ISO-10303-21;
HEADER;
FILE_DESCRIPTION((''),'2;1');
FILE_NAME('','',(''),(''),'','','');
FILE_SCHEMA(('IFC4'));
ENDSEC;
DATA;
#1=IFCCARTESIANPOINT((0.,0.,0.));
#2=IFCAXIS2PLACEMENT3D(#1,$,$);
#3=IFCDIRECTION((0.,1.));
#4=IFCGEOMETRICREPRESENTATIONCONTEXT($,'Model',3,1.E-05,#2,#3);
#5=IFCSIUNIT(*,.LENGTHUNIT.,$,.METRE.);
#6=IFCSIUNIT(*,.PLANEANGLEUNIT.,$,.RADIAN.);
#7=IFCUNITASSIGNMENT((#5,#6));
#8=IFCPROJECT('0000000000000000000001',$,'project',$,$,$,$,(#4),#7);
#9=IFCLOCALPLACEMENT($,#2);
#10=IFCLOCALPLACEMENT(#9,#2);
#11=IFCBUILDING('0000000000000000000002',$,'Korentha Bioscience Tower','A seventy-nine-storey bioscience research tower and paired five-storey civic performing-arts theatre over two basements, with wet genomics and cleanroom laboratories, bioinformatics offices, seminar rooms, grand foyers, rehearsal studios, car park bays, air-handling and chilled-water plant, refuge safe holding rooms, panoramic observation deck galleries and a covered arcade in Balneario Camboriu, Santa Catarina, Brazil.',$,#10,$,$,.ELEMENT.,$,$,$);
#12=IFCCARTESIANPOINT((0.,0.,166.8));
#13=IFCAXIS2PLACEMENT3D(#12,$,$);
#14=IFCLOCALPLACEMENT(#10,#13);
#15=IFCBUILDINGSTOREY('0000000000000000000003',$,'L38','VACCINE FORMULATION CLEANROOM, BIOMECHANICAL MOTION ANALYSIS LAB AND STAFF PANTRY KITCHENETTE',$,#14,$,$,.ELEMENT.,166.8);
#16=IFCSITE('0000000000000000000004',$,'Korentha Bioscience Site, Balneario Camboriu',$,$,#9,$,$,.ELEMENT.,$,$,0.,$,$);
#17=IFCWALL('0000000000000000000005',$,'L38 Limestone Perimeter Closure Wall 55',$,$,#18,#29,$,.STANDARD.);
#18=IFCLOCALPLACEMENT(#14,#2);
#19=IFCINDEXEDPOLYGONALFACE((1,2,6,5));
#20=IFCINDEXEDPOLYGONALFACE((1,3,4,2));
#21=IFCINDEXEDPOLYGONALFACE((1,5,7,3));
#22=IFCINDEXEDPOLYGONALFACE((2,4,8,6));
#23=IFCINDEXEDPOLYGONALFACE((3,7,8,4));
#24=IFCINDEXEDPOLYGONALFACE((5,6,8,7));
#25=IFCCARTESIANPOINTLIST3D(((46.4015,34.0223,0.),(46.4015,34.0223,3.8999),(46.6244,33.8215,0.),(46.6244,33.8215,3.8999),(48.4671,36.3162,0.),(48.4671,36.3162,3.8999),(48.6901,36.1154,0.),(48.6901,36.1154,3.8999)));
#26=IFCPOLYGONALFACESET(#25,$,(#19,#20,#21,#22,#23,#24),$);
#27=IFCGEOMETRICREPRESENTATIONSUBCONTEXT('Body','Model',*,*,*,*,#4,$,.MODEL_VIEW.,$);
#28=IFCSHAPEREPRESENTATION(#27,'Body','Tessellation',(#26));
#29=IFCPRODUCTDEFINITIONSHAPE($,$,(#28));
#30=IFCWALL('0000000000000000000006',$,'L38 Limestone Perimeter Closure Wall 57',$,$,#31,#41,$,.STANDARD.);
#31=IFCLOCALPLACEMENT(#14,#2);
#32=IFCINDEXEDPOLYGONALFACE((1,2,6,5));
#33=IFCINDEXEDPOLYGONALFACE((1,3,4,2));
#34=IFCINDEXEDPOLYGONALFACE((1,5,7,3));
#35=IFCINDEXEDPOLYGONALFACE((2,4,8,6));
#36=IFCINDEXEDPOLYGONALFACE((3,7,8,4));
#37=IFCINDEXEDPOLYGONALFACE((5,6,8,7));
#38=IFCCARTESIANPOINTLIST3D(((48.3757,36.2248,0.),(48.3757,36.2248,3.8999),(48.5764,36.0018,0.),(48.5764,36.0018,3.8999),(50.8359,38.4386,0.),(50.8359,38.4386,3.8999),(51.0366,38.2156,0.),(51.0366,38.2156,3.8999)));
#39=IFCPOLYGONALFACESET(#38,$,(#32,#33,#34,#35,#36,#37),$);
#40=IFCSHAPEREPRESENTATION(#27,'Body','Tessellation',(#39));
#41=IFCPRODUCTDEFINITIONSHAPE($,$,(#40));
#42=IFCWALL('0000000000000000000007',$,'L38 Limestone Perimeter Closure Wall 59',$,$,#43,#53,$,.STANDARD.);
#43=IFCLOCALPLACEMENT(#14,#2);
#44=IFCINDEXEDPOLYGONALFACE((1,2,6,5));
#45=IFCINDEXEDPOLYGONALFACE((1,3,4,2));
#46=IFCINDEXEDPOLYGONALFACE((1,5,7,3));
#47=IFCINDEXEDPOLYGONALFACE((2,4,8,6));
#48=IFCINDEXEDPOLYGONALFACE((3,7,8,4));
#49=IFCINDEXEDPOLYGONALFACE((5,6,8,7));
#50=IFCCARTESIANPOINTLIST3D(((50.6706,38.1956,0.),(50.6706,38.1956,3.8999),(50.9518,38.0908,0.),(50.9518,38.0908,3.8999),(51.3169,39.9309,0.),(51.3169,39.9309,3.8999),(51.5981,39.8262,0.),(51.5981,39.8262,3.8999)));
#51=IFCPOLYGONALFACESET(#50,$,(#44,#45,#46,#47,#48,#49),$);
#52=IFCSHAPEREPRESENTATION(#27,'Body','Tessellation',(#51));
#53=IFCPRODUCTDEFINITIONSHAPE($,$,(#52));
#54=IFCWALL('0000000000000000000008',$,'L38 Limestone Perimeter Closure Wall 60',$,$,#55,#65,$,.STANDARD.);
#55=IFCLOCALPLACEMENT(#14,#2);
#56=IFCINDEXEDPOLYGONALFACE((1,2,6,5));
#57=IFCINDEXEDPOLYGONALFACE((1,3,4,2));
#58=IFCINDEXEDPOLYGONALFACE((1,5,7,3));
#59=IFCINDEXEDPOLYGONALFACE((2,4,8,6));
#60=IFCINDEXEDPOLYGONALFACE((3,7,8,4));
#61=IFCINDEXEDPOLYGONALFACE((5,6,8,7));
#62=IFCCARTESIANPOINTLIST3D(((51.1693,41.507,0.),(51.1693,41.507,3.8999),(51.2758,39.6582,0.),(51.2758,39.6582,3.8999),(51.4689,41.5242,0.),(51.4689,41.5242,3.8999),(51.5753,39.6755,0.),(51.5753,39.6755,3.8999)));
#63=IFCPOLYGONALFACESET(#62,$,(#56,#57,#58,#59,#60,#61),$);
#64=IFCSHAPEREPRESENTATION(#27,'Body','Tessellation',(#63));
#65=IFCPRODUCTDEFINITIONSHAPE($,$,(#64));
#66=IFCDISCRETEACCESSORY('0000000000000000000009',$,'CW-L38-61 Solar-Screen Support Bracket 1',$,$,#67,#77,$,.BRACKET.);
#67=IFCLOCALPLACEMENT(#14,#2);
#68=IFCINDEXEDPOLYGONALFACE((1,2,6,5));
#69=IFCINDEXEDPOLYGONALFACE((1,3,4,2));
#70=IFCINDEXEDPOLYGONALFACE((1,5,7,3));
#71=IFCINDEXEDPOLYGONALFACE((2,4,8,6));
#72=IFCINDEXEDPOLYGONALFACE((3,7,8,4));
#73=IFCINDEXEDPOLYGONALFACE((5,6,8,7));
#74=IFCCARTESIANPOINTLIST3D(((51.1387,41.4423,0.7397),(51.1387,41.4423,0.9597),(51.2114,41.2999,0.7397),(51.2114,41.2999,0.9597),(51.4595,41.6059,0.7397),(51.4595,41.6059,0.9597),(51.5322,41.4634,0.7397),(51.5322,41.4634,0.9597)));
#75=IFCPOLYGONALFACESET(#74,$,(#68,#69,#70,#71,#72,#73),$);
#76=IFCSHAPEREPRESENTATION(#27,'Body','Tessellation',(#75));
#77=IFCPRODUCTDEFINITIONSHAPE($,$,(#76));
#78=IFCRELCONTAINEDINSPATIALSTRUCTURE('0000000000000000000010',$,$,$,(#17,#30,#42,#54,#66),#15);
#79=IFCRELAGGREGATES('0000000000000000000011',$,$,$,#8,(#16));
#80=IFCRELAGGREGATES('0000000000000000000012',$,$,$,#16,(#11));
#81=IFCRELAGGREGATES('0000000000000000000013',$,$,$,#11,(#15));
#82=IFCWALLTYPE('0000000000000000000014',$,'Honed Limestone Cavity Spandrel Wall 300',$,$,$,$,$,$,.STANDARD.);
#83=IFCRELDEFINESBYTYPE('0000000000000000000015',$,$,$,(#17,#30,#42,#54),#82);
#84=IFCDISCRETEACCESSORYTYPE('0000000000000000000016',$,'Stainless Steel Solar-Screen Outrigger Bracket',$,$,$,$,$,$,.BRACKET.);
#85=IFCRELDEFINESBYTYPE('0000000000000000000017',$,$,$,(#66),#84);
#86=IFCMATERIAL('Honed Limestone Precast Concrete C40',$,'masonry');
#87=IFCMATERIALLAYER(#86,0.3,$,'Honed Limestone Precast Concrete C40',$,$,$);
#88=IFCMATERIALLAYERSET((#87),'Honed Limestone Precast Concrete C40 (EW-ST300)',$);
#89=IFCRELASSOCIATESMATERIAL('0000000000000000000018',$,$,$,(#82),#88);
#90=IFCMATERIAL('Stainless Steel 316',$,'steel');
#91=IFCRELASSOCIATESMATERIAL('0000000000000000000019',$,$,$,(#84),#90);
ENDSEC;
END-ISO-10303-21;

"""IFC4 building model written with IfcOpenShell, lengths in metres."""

from ifc_helpers import new_model, si_unit, direction, frame, frame_2d, origin, origin_2d, place, context, subcontext, project, spatial, rectangle, extrude, material, layer, layer_set, type_object, element, save


model = new_model("IFC4")

# Units and contexts
model_context = context("Model", 3, precision=1e-05, world=origin(), true_north=direction((0.0, 1.0)))
body_context = subcontext(model_context, "Body", "Model", "MODEL_VIEW")
ifc_project = project(units=[si_unit("LENGTHUNIT", "METRE"), si_unit("PLANEANGLEUNIT", "RADIAN")], contexts=[model_context])

# Site, building, storey
site_placement = place(None, origin())
site = spatial("IfcSite", under=ifc_project, at=site_placement, Name="Korentha Bioscience Site, Balneario Camboriu", CompositionType="ELEMENT", RefElevation=0.0)
building_placement = place(site_placement, origin())
building = spatial("IfcBuilding", under=site, at=building_placement, Name="Korentha Bioscience Tower", Description="A seventy-nine-storey bioscience research tower and paired five-storey civic performing-arts theatre over two basements, with wet genomics and cleanroom laboratories, bioinformatics offices, seminar rooms, grand foyers, rehearsal studios, car park bays, air-handling and chilled-water plant, refuge safe holding rooms, panoramic observation deck galleries and a covered arcade in Balneario Camboriu, Santa Catarina, Brazil.", CompositionType="ELEMENT")
storey_placement = place(building_placement, frame((0.0, 0.0, 166.8)))
storey = spatial("IfcBuildingStorey", under=building, at=storey_placement, Name="L38", Description="VACCINE FORMULATION CLEANROOM, BIOMECHANICAL MOTION ANALYSIS LAB AND STAFF PANTRY KITCHENETTE", CompositionType="ELEMENT", Elevation=166.8)

# Walls
ifc_material_1 = material(Name="Honed Limestone Precast Concrete C40", Category="masonry")
ifc_layer_1 = layer(ifc_material_1, 0.3, Name="Honed Limestone Precast Concrete C40")
ifc_layer_set_1 = layer_set([ifc_layer_1], Name="Honed Limestone Precast Concrete C40 (EW-ST300)")
wall_type = type_object("IfcWallType", Name="Honed Limestone Cavity Spandrel Wall 300", PredefinedType="STANDARD", material=ifc_layer_set_1)
for number, where, z_axis, x_axis, name in (
    (1, (46.5129, 33.9219, 0.0), (0.0, 0.0, 1.0), (0.669166, 0.743113, 0.0), "L38 Limestone Perimeter Closure Wall 55"),
):
    element("IfcWall", number, at=place(storey_placement, frame(where, z_axis=z_axis, x_axis=x_axis)), inside=storey, type_object=wall_type, Name=name, PredefinedType="STANDARD", context=body_context, shape_type="SweptSolid", body=[
        extrude(rectangle(XDim=3.0869, YDim=0.3, at=frame_2d((1.5435, 0.0))), origin(), (0.0, 0.0, 1.0), 3.8999),
    ])
wall_placement = place(storey_placement, frame((48.4761, 36.1133, 0.0), z_axis=(0.0, 0.0, 1.0), x_axis=(0.743342, 0.668912, 0.0)))
element("IfcWall", 2, at=wall_placement, inside=storey, type_object=wall_type, Name="L38 Limestone Perimeter Closure Wall 57", PredefinedType="STANDARD", context=body_context, shape_type="SweptSolid", body=[
    extrude(rectangle(XDim=3.3096, YDim=0.3, at=frame_2d((1.6548, 0.0))), origin(), (0.0, 0.0, 1.0), 3.8999),
])
for number, where, z_axis, x_axis, name in (
    (3, (50.8113, 38.1433, 0.0), (0.0, 0.0, 1.0), (0.348984, 0.937129, 0.0), "L38 Limestone Perimeter Closure Wall 59"),
    (4, (51.4255, 39.667, 0.0), (0.0, 0.0, 1.0), (-0.057485, 0.998346, 0.0), "L38 Limestone Perimeter Closure Wall 60"),
):
    element("IfcWall", number, at=place(storey_placement, frame(where, z_axis=z_axis, x_axis=x_axis)), inside=storey, type_object=wall_type, Name=name, PredefinedType="STANDARD", context=body_context, shape_type="SweptSolid", body=[
        extrude(rectangle(XDim=1.8518, YDim=0.3, at=frame_2d((0.9258, 0.0))), origin(), (0.0, 0.0, 1.0), 3.8999),
    ])

# Discrete accessory
ifc_material_2 = material(Name="Stainless Steel 316", Category="steel")
discrete_accessory_type = type_object("IfcDiscreteAccessoryType", Name="Stainless Steel Solar-Screen Outrigger Bracket", PredefinedType="BRACKET", material=ifc_material_2)
discrete_accessory_placement = place(storey_placement, frame((51.3354, 41.4529, 0.7397), z_axis=(0.0, 0.0, 1.0), x_axis=(-0.454288, 0.890855, 0.0)))
element("IfcDiscreteAccessory", 5, at=discrete_accessory_placement, inside=storey, type_object=discrete_accessory_type, Name="CW-L38-61 Solar-Screen Support Bracket 1", PredefinedType="BRACKET", context=body_context, shape_type="SweptSolid", body=[
    extrude(rectangle(XDim=0.1599, YDim=0.3601, at=origin_2d()), origin(), (0.0, 0.0, 1.0), 0.22),
])

save(model, "model.ifc")
